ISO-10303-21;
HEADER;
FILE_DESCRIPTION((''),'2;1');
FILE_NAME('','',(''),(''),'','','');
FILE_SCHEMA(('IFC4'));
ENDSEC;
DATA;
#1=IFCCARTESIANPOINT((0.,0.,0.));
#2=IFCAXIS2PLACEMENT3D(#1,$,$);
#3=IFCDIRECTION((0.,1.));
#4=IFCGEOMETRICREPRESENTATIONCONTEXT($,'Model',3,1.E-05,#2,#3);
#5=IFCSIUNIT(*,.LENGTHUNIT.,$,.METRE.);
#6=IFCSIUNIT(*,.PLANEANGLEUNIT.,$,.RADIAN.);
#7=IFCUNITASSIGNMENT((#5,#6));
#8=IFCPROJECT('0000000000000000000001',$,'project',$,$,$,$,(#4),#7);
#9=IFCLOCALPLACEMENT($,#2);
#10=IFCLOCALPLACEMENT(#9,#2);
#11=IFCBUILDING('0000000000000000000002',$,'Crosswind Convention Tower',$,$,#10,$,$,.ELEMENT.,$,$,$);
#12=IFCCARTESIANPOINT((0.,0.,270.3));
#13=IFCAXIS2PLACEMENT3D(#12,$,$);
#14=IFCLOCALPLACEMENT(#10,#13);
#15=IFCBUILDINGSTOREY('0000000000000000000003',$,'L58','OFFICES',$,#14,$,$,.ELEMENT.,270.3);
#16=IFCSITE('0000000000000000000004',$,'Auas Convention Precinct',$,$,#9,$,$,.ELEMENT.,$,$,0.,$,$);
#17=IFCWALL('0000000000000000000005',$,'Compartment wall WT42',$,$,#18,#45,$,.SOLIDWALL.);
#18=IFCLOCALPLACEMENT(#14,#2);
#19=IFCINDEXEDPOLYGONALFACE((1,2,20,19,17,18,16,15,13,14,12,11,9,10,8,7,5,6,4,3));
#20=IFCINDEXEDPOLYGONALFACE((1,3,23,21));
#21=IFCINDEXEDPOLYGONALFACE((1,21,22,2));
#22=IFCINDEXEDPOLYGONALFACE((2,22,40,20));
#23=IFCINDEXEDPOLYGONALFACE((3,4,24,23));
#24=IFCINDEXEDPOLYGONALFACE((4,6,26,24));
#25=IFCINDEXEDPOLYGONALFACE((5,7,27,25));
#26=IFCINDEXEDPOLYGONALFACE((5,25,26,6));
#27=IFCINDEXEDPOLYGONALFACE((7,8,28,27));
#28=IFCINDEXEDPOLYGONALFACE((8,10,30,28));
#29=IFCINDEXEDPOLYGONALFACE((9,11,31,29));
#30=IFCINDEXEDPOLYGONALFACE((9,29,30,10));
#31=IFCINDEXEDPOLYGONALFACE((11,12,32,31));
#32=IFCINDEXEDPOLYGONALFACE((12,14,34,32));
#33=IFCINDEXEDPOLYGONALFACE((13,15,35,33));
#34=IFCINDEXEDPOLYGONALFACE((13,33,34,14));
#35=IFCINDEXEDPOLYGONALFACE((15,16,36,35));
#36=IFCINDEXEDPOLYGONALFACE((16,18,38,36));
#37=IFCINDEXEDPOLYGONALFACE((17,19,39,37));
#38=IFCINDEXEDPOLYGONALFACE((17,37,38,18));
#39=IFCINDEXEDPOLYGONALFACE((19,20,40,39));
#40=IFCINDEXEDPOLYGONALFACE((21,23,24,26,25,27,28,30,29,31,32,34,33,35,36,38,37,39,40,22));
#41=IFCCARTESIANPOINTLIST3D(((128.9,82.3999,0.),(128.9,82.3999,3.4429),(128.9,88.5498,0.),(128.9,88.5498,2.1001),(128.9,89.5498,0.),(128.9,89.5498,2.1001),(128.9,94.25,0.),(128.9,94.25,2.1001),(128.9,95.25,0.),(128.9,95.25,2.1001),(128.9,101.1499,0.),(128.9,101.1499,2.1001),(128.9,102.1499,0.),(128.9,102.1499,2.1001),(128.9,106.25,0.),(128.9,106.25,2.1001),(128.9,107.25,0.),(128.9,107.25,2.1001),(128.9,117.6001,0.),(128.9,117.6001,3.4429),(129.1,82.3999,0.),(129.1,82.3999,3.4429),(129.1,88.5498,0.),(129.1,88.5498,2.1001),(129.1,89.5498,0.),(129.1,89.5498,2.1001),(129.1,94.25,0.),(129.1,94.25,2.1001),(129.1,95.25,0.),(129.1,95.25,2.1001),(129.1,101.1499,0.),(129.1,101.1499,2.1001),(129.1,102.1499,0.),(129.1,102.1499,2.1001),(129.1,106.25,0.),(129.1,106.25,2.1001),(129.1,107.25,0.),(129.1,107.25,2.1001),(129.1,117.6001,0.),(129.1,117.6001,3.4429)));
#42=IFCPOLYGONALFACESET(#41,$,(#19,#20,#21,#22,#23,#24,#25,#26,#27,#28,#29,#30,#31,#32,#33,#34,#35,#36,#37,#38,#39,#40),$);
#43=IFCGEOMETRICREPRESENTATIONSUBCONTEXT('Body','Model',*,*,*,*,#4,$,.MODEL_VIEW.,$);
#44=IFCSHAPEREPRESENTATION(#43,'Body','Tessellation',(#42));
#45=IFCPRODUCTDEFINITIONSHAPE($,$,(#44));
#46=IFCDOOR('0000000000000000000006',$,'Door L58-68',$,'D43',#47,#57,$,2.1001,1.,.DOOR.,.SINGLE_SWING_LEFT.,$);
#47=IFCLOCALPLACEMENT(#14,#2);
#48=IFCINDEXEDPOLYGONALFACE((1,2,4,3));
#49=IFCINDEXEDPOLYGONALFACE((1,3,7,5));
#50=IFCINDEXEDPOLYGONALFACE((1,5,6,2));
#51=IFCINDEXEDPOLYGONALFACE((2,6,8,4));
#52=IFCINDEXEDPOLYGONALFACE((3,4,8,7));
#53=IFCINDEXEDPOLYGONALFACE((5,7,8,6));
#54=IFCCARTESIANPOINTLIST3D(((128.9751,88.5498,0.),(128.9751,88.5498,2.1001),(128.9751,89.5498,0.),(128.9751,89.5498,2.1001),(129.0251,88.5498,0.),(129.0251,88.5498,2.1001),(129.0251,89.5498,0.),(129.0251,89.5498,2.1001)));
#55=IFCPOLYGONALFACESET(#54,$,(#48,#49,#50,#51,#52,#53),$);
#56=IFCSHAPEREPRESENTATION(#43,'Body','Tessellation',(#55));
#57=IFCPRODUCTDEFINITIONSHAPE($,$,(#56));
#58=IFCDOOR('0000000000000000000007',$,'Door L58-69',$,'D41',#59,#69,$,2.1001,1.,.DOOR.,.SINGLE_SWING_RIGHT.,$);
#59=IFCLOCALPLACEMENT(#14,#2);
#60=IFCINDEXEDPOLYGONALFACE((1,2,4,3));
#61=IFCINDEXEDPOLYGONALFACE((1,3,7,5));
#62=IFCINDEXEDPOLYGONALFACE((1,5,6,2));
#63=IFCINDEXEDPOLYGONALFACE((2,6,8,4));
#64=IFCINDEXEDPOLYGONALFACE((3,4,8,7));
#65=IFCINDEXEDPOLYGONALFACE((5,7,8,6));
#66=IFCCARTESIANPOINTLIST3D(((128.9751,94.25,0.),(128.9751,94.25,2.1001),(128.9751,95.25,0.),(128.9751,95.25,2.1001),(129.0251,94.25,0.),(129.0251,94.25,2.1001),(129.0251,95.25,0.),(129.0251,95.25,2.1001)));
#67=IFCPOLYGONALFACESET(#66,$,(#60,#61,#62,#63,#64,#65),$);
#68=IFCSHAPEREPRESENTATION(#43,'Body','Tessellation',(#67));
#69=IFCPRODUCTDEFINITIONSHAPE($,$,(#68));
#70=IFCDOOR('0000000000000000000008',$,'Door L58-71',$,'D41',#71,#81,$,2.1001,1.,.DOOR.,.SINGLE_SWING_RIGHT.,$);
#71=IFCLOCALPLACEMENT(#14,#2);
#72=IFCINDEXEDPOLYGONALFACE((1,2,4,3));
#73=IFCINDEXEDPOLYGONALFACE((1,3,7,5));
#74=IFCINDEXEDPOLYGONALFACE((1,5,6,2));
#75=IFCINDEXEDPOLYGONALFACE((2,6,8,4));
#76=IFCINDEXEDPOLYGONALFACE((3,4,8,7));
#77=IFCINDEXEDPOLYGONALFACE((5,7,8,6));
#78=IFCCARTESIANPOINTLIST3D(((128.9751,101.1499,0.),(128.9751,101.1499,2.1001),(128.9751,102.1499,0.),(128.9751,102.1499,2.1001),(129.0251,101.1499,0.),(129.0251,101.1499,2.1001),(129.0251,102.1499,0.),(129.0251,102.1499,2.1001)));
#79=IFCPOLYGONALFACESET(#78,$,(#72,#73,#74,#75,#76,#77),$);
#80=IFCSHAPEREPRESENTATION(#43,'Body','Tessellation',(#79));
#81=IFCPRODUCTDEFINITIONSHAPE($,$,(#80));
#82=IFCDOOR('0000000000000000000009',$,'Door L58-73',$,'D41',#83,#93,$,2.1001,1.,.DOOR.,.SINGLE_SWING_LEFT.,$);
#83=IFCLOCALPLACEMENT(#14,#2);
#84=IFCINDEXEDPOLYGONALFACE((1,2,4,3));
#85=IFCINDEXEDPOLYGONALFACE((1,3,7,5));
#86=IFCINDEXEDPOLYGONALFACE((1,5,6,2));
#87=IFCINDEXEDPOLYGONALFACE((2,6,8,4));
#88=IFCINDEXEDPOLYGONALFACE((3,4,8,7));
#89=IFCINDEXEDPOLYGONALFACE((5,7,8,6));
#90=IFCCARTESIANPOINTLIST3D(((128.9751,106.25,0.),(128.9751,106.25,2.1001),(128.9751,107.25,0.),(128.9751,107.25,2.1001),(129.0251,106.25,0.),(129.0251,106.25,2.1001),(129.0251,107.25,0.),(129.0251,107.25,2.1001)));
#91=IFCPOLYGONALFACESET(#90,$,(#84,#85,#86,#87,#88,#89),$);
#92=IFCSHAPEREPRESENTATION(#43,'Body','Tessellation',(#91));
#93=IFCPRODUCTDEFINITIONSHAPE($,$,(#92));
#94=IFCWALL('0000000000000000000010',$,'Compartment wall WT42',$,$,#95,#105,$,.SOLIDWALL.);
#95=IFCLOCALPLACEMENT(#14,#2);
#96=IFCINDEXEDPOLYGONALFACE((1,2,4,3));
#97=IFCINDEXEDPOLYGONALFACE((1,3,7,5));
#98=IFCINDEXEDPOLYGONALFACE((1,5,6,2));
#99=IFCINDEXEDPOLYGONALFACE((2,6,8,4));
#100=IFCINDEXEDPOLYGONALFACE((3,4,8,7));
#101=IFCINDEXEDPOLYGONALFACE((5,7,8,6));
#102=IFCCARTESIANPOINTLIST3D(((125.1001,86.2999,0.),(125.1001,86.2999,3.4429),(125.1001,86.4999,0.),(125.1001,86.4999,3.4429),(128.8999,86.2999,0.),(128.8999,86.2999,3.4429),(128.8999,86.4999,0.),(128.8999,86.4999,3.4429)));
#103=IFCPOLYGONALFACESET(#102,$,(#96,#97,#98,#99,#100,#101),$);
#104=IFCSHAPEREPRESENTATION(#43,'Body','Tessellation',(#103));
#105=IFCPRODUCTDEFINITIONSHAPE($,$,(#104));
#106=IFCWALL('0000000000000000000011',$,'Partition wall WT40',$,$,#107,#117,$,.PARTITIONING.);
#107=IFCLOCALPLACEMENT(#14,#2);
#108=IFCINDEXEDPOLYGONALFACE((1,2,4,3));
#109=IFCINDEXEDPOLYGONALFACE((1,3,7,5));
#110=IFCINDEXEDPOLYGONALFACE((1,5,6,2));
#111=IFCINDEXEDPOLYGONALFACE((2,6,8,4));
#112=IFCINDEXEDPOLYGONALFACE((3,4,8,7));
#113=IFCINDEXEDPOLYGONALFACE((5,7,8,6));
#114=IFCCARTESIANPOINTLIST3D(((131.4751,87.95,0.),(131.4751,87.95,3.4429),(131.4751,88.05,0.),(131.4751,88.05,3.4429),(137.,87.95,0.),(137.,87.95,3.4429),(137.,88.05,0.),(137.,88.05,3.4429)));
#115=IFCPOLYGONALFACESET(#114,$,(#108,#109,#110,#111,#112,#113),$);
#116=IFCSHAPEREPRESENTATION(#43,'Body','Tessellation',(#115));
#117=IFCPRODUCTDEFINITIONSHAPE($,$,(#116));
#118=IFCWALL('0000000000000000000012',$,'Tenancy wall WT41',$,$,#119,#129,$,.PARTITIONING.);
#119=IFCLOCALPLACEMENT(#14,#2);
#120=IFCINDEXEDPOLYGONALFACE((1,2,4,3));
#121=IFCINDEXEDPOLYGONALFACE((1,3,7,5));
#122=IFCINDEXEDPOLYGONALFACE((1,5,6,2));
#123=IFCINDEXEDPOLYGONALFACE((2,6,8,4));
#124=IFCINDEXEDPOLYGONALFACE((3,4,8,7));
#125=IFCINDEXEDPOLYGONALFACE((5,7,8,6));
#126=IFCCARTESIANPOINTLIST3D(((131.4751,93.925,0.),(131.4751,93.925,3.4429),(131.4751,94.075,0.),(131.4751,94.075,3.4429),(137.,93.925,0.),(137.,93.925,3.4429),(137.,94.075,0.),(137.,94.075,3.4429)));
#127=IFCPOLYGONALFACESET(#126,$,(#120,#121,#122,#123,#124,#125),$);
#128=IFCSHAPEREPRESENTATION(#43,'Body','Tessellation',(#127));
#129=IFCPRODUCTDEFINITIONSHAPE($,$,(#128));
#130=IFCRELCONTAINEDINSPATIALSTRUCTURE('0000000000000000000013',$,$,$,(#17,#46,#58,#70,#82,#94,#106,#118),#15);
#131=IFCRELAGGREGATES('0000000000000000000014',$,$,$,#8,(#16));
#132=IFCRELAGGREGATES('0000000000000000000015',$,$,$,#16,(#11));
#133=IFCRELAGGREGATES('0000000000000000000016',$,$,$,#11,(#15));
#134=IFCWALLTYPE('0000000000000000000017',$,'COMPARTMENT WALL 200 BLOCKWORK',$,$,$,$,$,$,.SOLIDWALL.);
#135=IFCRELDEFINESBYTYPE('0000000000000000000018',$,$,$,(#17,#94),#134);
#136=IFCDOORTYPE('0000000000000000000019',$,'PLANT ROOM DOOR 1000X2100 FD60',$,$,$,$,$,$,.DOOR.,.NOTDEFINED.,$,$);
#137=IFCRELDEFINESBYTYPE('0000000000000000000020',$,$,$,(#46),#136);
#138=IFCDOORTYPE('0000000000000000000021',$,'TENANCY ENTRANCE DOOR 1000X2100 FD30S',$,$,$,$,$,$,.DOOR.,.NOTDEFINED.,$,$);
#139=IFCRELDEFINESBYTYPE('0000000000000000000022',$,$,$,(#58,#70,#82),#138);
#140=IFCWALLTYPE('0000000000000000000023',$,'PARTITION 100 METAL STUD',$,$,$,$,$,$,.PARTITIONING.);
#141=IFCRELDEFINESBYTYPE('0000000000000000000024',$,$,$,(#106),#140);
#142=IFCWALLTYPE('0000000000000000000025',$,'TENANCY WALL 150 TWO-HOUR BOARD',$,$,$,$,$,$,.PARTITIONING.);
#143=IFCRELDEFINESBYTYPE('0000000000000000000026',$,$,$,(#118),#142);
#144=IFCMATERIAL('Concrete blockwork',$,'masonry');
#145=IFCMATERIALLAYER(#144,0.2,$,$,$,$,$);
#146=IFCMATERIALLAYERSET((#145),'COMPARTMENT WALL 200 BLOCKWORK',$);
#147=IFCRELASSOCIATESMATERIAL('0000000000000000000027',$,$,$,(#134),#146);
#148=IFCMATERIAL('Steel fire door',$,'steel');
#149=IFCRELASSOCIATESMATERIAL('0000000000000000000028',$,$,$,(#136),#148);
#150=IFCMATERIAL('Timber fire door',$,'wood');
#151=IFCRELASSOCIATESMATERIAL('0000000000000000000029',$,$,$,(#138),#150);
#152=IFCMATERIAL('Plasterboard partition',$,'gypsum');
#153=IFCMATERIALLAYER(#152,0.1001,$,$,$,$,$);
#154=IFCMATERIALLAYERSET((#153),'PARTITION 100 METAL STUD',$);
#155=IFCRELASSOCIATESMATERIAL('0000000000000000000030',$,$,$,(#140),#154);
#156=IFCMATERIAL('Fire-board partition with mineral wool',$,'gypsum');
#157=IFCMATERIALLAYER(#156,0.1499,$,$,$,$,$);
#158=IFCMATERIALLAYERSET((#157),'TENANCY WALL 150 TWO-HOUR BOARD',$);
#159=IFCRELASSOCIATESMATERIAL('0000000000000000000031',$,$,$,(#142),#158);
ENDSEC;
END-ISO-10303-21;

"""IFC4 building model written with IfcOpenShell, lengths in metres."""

from ifc_helpers import new_model, si_unit, direction, frame, frame_2d, origin, place, context, subcontext, project, spatial, rectangle, extrude, material, layer, layer_set, type_object, element, fill, save


model = new_model("IFC4")

# Units and contexts
model_context = context("Model", 3, precision=1e-05, world=origin(), true_north=direction((0.0, 1.0)))
body_context = subcontext(model_context, "Body", "Model", "MODEL_VIEW")
ifc_project = project(units=[si_unit("LENGTHUNIT", "METRE"), si_unit("PLANEANGLEUNIT", "RADIAN")], contexts=[model_context])

# Site, building, storey
site_placement = place(None, origin())
site = spatial("IfcSite", under=ifc_project, at=site_placement, Name="Auas Convention Precinct", CompositionType="ELEMENT", RefElevation=0.0)
building_placement = place(site_placement, origin())
building = spatial("IfcBuilding", under=site, at=building_placement, Name="Crosswind Convention Tower", CompositionType="ELEMENT")
storey_placement = place(building_placement, frame((0.0, 0.0, 270.3)))
storey = spatial("IfcBuildingStorey", under=building, at=storey_placement, Name="L58", Description="OFFICES", CompositionType="ELEMENT", Elevation=270.3)

# Shared definitions
ifc_material_1 = material(Name="Concrete blockwork", Category="masonry")
ifc_layer_1 = layer(ifc_material_1, 0.2)
ifc_layer_set_1 = layer_set([ifc_layer_1], Name="COMPARTMENT WALL 200 BLOCKWORK")
wall_type_1 = type_object("IfcWallType", Name="COMPARTMENT WALL 200 BLOCKWORK", PredefinedType="SOLIDWALL", material=ifc_layer_set_1)

# Wall, openings, doors
wall_1_placement = place(storey_placement, frame((129.0, 82.3999, 0.0), z_axis=(0.0, 0.0, 1.0), x_axis=(0.0, 1.0, 0.0)))
wall_1 = element("IfcWall", 1, at=wall_1_placement, inside=storey, type_object=wall_type_1, Name="Compartment wall WT42", PredefinedType="SOLIDWALL", context=body_context, shape_type="SweptSolid", body=[
    extrude(rectangle(XDim=35.2002, YDim=0.2, at=frame_2d((17.6001, 0.0))), origin(), (0.0, 0.0, 1.0), 3.4429),
])
opening_1_placement = place(wall_1_placement, frame((6.1499, 0.0, 0.0)))
opening_1 = element("IfcOpeningElement", 2, at=opening_1_placement, cuts=wall_1, PredefinedType="OPENING", context=body_context, shape_type="SweptSolid", body=[
    extrude(rectangle(XDim=1.0, YDim=2.1001, at=frame_2d((0.5, 1.05))), frame((0.0, 0.1099, 0.0), z_axis=(0.0, -1.0, 0.0), x_axis=(1.0, 0.0, 0.0)), (0.0, 0.0, 1.0), 0.22),
])
opening_2_placement = place(wall_1_placement, frame((11.8501, 0.0, 0.0)))
opening_2 = element("IfcOpeningElement", 3, at=opening_2_placement, cuts=wall_1, PredefinedType="OPENING", context=body_context, shape_type="SweptSolid", body=[
    extrude(rectangle(XDim=1.0, YDim=2.1001, at=frame_2d((0.5, 1.05))), frame((0.0, 0.1099, 0.0), z_axis=(0.0, -1.0, 0.0), x_axis=(1.0, 0.0, 0.0)), (0.0, 0.0, 1.0), 0.22),
])
opening_3_placement = place(wall_1_placement, frame((18.75, 0.0, 0.0)))
opening_3 = element("IfcOpeningElement", 4, at=opening_3_placement, cuts=wall_1, PredefinedType="OPENING", context=body_context, shape_type="SweptSolid", body=[
    extrude(rectangle(XDim=1.0, YDim=2.1001, at=frame_2d((0.5, 1.05))), frame((0.0, 0.1099, 0.0), z_axis=(0.0, -1.0, 0.0), x_axis=(1.0, 0.0, 0.0)), (0.0, 0.0, 1.0), 0.22),
])
opening_4_placement = place(wall_1_placement, frame((23.8501, 0.0, 0.0)))
opening_4 = element("IfcOpeningElement", 5, at=opening_4_placement, cuts=wall_1, PredefinedType="OPENING", context=body_context, shape_type="SweptSolid", body=[
    extrude(rectangle(XDim=1.0, YDim=2.1001, at=frame_2d((0.5, 1.05))), frame((0.0, 0.1099, 0.0), z_axis=(0.0, -1.0, 0.0), x_axis=(1.0, 0.0, 0.0)), (0.0, 0.0, 1.0), 0.22),
])
ifc_material_2 = material(Name="Steel fire door", Category="steel")
door_type_1 = type_object("IfcDoorType", Name="PLANT ROOM DOOR 1000X2100 FD60", OperationType="NOTDEFINED", PredefinedType="DOOR", material=ifc_material_2)
door_1_placement = place(opening_1_placement, origin())
door_1 = element("IfcDoor", 6, at=door_1_placement, inside=storey, type_object=door_type_1, Name="Door L58-68", ObjectType="D43", OperationType="SINGLE_SWING_LEFT", OverallHeight=2.1001, OverallWidth=1.0, PredefinedType="DOOR", context=body_context, shape_type="SweptSolid", body=[
    extrude(rectangle(XDim=1.0, YDim=2.1001, at=frame_2d((0.5, 1.05))), frame((0.0, 0.0249, 0.0), z_axis=(0.0, -1.0, 0.0), x_axis=(1.0, 0.0, 0.0)), (0.0, 0.0, 1.0), 0.05),
])
fill(opening_1, door_1)
ifc_material_3 = material(Name="Timber fire door", Category="wood")
door_type_2 = type_object("IfcDoorType", Name="TENANCY ENTRANCE DOOR 1000X2100 FD30S", OperationType="NOTDEFINED", PredefinedType="DOOR", material=ifc_material_3)
door_2_placement = place(opening_2_placement, origin())
door_2 = element("IfcDoor", 7, at=door_2_placement, inside=storey, type_object=door_type_2, Name="Door L58-69", ObjectType="D41", OperationType="SINGLE_SWING_RIGHT", OverallHeight=2.1001, OverallWidth=1.0, PredefinedType="DOOR", context=body_context, shape_type="SweptSolid", body=[
    extrude(rectangle(XDim=1.0, YDim=2.1001, at=frame_2d((0.5, 1.05))), frame((0.0, 0.0249, 0.0), z_axis=(0.0, -1.0, 0.0), x_axis=(1.0, 0.0, 0.0)), (0.0, 0.0, 1.0), 0.05),
])
fill(opening_2, door_2)
door_3_placement = place(opening_3_placement, origin())
door_3 = element("IfcDoor", 8, at=door_3_placement, inside=storey, type_object=door_type_2, Name="Door L58-71", ObjectType="D41", OperationType="SINGLE_SWING_RIGHT", OverallHeight=2.1001, OverallWidth=1.0, PredefinedType="DOOR", context=body_context, shape_type="SweptSolid", body=[
    extrude(rectangle(XDim=1.0, YDim=2.1001, at=frame_2d((0.5, 1.05))), frame((0.0, 0.0249, 0.0), z_axis=(0.0, -1.0, 0.0), x_axis=(1.0, 0.0, 0.0)), (0.0, 0.0, 1.0), 0.05),
])
fill(opening_3, door_3)
door_4_placement = place(opening_4_placement, origin())
door_4 = element("IfcDoor", 9, at=door_4_placement, inside=storey, type_object=door_type_2, Name="Door L58-73", ObjectType="D41", OperationType="SINGLE_SWING_LEFT", OverallHeight=2.1001, OverallWidth=1.0, PredefinedType="DOOR", context=body_context, shape_type="SweptSolid", body=[
    extrude(rectangle(XDim=1.0, YDim=2.1001, at=frame_2d((0.5, 1.05))), frame((0.0, 0.0249, 0.0), z_axis=(0.0, -1.0, 0.0), x_axis=(1.0, 0.0, 0.0)), (0.0, 0.0, 1.0), 0.05),
])
fill(opening_4, door_4)

# Walls
wall_2_placement = place(storey_placement, frame((125.1001, 86.3999, 0.0), z_axis=(0.0, 0.0, 1.0), x_axis=(1.0, 0.0, 0.0)))
element("IfcWall", 10, at=wall_2_placement, inside=storey, type_object=wall_type_1, Name="Compartment wall WT42", PredefinedType="SOLIDWALL", context=body_context, shape_type="SweptSolid", body=[
    extrude(rectangle(XDim=3.7998, YDim=0.2, at=frame_2d((1.8999, 0.0))), origin(), (0.0, 0.0, 1.0), 3.4429),
])
ifc_material_4 = material(Name="Plasterboard partition", Category="gypsum")
ifc_layer_2 = layer(ifc_material_4, 0.1001)
ifc_layer_set_2 = layer_set([ifc_layer_2], Name="PARTITION 100 METAL STUD")
wall_type_2 = type_object("IfcWallType", Name="PARTITION 100 METAL STUD", PredefinedType="PARTITIONING", material=ifc_layer_set_2)
wall_3_placement = place(storey_placement, frame((131.4751, 88.0, 0.0), z_axis=(0.0, 0.0, 1.0), x_axis=(1.0, 0.0, 0.0)))
element("IfcWall", 11, at=wall_3_placement, inside=storey, type_object=wall_type_2, Name="Partition wall WT40", PredefinedType="PARTITIONING", context=body_context, shape_type="SweptSolid", body=[
    extrude(rectangle(XDim=5.5249, YDim=0.1001, at=frame_2d((2.7625, 0.0))), origin(), (0.0, 0.0, 1.0), 3.4429),
])
ifc_material_5 = material(Name="Fire-board partition with mineral wool", Category="gypsum")
ifc_layer_3 = layer(ifc_material_5, 0.1499)
ifc_layer_set_3 = layer_set([ifc_layer_3], Name="TENANCY WALL 150 TWO-HOUR BOARD")
wall_type_3 = type_object("IfcWallType", Name="TENANCY WALL 150 TWO-HOUR BOARD", PredefinedType="PARTITIONING", material=ifc_layer_set_3)
wall_4_placement = place(storey_placement, frame((131.4751, 94.0, 0.0), z_axis=(0.0, 0.0, 1.0), x_axis=(1.0, 0.0, 0.0)))
element("IfcWall", 12, at=wall_4_placement, inside=storey, type_object=wall_type_3, Name="Tenancy wall WT41", PredefinedType="PARTITIONING", context=body_context, shape_type="SweptSolid", body=[
    extrude(rectangle(XDim=5.5249, YDim=0.1499, at=frame_2d((2.7625, 0.0))), origin(), (0.0, 0.0, 1.0), 3.4429),
])

save(model, "model.ifc")
